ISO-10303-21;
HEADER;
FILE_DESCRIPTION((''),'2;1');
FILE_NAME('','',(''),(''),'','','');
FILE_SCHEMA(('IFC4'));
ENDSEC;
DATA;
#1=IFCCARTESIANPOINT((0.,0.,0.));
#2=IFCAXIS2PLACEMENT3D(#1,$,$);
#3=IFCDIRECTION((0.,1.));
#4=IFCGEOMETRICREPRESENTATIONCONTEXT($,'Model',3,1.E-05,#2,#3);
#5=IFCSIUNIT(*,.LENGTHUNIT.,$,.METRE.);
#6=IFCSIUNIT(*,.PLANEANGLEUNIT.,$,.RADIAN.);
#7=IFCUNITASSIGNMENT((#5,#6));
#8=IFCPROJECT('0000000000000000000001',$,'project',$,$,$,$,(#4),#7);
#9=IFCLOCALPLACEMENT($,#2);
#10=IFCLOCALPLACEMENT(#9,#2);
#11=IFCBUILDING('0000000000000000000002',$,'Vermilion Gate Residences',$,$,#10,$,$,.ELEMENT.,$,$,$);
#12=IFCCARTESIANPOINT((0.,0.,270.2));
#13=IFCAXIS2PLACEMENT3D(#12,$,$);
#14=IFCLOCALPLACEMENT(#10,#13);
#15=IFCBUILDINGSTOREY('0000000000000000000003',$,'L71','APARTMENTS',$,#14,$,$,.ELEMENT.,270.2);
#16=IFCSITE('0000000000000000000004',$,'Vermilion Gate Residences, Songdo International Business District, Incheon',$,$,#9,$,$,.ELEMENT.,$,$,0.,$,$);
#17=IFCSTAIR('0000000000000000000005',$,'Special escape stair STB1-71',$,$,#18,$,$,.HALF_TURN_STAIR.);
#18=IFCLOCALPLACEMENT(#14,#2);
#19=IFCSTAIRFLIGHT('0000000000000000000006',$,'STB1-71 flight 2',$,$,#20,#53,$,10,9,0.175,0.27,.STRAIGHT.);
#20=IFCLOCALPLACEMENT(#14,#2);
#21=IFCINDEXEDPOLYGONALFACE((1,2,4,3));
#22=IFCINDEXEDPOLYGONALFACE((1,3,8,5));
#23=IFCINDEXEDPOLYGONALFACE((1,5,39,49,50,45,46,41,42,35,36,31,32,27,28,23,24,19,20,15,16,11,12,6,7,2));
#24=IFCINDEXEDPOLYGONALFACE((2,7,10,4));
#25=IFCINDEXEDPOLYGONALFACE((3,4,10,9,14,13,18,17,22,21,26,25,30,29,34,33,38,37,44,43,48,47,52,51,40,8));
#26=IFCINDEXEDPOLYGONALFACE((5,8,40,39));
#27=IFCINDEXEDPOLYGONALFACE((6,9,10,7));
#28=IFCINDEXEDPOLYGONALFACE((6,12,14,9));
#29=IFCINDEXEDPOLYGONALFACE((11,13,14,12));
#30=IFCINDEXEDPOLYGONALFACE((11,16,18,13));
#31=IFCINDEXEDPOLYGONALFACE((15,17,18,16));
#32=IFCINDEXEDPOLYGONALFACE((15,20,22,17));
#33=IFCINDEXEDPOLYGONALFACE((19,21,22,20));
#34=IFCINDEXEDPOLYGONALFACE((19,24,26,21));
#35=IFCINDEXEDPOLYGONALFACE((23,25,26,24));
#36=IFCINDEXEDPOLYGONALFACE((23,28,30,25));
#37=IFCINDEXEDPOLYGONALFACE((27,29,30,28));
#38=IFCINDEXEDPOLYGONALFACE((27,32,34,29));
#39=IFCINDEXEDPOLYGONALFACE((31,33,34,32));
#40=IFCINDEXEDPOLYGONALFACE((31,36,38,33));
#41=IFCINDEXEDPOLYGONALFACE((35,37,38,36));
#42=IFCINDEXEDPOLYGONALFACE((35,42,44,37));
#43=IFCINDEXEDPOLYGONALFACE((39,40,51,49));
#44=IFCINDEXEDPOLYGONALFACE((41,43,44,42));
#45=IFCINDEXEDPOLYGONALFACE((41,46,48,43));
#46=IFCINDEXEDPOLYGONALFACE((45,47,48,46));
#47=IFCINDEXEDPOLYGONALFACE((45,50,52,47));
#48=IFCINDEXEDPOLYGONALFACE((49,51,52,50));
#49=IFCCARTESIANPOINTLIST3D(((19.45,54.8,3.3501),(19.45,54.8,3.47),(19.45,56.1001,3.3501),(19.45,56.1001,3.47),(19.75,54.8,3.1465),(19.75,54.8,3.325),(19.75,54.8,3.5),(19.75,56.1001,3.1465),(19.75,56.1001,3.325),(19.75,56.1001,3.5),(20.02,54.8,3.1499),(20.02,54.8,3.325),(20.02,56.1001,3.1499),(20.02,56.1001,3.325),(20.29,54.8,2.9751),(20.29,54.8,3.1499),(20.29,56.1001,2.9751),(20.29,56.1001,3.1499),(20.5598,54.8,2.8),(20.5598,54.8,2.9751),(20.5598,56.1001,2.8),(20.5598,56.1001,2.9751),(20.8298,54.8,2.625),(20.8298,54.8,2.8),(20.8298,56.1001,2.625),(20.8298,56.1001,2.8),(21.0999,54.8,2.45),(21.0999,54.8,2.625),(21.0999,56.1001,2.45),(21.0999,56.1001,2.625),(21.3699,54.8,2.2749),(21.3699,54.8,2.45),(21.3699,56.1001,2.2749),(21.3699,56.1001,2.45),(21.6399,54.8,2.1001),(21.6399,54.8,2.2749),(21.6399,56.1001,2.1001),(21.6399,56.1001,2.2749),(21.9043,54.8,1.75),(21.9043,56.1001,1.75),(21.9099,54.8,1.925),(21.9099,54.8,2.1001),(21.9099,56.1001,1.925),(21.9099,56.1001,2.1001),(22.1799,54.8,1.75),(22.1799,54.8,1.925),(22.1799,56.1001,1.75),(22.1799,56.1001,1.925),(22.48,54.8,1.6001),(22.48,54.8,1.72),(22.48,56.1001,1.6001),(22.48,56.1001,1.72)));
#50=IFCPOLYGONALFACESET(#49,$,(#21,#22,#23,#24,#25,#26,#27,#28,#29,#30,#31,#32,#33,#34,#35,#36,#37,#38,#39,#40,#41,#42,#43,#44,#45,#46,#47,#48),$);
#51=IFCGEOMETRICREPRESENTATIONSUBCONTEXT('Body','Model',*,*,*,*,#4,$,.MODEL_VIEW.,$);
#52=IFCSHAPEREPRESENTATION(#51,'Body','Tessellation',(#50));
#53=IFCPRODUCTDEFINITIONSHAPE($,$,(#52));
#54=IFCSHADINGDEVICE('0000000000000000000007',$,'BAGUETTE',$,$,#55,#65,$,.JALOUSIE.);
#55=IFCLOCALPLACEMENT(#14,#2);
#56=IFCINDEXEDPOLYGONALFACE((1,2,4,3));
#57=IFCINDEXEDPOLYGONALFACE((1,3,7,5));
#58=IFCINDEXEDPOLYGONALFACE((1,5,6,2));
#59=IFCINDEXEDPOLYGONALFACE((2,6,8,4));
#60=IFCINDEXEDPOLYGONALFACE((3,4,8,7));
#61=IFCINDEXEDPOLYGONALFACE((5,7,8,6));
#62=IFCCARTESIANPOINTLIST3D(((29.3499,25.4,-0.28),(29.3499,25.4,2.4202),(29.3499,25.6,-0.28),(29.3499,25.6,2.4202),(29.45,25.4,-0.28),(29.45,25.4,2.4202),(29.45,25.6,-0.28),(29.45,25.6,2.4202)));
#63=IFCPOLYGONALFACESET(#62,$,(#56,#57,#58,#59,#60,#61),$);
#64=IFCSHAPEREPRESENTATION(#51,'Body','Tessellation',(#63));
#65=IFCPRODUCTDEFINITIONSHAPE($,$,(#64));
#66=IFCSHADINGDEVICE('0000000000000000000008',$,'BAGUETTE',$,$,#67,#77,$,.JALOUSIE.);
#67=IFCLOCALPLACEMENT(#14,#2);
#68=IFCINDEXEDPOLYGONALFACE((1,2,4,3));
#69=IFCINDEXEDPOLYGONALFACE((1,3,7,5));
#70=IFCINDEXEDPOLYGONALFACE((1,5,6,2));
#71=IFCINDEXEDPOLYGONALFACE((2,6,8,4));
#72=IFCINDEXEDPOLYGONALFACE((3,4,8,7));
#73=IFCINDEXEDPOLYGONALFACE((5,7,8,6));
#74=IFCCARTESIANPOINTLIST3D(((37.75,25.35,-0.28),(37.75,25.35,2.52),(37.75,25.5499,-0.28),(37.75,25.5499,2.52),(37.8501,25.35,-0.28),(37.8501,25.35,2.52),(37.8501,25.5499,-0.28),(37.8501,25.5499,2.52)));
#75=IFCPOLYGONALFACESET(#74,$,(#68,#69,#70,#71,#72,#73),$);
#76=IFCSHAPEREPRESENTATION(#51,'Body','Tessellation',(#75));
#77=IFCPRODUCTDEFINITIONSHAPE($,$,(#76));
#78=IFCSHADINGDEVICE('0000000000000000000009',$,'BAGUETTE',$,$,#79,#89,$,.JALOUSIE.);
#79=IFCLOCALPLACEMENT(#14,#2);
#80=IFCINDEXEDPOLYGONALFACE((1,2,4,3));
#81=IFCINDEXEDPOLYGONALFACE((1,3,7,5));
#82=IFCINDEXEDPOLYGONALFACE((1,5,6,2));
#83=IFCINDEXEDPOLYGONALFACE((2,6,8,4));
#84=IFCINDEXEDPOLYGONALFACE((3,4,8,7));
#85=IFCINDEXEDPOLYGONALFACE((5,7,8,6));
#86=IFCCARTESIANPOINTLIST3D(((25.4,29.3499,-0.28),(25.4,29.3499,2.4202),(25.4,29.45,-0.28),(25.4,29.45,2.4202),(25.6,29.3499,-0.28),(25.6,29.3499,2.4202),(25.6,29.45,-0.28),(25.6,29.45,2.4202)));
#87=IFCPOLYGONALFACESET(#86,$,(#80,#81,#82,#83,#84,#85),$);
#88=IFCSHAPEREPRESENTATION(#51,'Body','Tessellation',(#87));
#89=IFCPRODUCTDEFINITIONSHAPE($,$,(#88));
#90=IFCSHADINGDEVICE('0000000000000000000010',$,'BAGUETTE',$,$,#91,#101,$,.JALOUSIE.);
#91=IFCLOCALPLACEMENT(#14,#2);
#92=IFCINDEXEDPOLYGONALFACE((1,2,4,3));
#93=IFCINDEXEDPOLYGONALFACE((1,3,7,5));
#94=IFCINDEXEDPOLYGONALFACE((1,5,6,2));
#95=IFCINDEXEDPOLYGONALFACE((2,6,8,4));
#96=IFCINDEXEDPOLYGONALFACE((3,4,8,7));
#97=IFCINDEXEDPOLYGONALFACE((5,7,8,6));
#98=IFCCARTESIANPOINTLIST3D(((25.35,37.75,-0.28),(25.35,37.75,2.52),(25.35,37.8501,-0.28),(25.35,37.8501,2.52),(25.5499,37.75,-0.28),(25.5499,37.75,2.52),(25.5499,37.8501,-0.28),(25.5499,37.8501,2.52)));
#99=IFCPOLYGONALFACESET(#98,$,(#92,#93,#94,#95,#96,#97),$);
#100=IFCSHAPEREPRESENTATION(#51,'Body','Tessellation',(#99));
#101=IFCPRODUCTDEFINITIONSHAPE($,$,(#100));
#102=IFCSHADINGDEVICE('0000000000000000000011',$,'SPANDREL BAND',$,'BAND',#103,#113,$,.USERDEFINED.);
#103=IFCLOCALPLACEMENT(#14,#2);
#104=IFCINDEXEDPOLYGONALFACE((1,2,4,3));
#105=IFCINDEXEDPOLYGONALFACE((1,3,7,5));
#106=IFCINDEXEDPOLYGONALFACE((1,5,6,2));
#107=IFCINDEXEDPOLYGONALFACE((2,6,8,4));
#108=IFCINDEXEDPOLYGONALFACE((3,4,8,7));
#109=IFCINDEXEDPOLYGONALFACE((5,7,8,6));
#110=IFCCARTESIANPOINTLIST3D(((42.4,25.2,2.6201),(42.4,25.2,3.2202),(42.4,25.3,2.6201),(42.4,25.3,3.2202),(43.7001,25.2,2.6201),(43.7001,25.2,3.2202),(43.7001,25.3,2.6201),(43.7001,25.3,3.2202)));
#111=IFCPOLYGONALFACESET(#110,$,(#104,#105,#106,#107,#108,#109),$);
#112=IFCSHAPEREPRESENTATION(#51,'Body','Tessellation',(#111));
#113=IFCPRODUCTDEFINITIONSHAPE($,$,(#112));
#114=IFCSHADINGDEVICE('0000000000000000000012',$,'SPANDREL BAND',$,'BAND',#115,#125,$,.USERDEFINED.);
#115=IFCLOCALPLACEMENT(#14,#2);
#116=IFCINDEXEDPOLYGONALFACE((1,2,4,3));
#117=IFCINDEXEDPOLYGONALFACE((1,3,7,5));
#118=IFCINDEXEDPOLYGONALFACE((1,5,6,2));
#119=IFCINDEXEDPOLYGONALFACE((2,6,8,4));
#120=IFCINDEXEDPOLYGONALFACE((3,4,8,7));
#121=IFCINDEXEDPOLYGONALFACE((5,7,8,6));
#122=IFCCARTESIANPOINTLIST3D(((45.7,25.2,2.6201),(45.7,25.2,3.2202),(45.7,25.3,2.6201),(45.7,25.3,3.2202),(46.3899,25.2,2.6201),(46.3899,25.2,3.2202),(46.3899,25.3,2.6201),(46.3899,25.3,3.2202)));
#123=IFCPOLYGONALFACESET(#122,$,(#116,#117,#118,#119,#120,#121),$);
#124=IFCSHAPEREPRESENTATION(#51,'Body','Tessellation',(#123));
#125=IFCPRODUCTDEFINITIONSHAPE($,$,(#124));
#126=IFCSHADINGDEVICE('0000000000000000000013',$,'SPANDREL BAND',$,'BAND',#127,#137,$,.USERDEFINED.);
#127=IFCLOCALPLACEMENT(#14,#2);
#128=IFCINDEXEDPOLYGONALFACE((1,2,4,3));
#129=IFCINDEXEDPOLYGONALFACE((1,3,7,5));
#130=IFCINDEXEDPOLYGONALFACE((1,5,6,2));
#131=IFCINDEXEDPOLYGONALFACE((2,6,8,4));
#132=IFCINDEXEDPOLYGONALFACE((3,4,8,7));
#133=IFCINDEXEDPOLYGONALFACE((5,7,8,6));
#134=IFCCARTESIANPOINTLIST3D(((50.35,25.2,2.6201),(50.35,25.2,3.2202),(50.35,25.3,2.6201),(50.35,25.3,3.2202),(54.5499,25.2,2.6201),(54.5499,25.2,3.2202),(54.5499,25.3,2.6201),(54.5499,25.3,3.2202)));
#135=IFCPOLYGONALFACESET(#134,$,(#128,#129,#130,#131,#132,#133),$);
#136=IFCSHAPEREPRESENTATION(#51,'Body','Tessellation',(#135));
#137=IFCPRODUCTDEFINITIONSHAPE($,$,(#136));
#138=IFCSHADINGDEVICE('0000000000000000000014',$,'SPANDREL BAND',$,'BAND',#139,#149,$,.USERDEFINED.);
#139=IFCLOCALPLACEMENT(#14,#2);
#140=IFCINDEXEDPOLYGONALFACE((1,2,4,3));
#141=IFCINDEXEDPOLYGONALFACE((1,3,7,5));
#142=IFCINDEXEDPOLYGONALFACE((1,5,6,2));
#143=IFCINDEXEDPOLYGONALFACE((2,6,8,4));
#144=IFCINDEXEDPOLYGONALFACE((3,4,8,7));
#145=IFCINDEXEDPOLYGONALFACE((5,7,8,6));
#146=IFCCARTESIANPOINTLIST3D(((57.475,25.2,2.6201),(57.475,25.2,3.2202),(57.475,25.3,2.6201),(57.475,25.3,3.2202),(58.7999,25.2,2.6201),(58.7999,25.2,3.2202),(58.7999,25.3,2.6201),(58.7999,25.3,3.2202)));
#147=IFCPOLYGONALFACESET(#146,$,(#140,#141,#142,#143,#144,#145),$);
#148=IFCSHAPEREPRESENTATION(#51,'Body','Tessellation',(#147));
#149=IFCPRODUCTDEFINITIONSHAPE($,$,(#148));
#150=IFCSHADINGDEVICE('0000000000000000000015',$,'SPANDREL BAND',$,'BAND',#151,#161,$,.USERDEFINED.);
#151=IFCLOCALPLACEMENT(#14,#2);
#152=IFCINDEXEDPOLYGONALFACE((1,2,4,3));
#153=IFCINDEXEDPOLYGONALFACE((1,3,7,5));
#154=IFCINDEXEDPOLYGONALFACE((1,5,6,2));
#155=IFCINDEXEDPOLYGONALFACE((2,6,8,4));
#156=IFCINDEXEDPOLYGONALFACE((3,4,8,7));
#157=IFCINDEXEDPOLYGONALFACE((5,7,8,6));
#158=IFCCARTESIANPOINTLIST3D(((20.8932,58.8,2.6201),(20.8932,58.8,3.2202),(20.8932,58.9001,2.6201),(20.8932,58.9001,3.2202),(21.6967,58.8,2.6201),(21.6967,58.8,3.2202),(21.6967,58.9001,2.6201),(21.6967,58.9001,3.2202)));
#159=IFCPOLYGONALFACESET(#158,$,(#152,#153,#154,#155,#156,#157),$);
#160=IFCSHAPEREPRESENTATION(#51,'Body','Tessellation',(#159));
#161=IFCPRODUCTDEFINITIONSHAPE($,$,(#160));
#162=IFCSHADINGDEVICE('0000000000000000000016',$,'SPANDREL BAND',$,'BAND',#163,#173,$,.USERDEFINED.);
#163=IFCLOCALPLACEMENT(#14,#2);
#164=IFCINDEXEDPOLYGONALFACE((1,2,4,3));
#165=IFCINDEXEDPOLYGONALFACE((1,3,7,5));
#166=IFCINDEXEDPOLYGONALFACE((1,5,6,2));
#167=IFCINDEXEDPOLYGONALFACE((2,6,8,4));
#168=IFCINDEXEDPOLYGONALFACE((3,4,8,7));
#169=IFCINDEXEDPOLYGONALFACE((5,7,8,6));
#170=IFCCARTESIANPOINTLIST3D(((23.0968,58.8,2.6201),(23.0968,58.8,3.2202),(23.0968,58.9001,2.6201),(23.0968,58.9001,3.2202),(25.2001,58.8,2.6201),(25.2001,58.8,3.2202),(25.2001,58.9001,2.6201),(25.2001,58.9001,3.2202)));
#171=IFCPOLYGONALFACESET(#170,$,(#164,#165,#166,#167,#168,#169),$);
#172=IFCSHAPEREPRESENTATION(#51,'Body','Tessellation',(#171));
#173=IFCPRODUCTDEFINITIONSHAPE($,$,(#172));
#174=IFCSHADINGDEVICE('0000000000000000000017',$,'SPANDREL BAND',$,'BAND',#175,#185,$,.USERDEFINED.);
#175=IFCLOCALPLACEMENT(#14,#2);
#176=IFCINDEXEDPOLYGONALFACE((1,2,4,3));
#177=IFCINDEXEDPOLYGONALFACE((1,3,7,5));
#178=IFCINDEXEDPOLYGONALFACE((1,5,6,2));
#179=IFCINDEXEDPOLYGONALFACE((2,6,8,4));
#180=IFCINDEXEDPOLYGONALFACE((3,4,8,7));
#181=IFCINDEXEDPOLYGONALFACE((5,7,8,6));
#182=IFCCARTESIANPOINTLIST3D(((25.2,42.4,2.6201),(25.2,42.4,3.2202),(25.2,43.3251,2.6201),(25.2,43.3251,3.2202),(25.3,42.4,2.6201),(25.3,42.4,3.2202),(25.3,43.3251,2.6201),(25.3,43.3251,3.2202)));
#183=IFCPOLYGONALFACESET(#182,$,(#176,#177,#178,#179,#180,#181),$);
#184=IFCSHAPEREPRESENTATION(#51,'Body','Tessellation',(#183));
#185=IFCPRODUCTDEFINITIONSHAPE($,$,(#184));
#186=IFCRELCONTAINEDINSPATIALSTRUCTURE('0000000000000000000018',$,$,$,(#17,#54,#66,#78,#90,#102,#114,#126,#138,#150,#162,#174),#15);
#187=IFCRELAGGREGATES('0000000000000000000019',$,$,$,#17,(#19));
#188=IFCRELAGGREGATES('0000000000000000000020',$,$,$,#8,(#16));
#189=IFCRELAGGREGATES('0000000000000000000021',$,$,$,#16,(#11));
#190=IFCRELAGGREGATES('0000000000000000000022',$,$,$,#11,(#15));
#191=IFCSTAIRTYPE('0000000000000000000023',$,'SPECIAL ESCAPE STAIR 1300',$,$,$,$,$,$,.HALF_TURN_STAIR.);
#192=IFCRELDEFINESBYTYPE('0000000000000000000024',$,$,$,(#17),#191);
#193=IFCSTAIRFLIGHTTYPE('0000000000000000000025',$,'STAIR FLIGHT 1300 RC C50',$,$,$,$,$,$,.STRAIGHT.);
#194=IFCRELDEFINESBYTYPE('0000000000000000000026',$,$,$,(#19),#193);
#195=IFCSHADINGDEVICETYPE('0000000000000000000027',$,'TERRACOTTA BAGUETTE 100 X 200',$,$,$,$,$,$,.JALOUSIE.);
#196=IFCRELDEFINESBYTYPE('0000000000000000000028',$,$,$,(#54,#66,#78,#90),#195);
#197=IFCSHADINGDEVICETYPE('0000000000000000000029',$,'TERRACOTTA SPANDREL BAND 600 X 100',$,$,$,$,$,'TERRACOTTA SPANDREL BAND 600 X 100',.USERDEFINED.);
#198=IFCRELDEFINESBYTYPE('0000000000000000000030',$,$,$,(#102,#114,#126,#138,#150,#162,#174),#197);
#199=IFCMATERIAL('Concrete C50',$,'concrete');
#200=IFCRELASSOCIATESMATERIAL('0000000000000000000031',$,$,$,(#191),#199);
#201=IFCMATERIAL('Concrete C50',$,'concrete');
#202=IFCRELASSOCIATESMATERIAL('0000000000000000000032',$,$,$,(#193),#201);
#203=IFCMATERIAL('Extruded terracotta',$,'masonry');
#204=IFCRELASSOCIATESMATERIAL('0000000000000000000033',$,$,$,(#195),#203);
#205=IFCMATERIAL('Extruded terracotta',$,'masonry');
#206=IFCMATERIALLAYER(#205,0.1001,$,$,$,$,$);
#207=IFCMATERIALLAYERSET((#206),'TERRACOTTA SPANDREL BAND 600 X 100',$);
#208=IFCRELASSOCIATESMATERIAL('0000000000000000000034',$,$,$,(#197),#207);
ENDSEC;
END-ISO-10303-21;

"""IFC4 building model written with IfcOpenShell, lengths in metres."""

from ifc_helpers import new_model, si_unit, direction, frame, origin, origin_2d, place, context, subcontext, project, spatial, polyline, rectangle, outline, extrude, material, layer, layer_set, material_profile, profile_set, type_object, element, aggregate, save


model = new_model("IFC4")

# Units and contexts
model_context = context("Model", 3, precision=1e-05, world=origin(), true_north=direction((0.0, 1.0)))
body_context = subcontext(model_context, "Body", "Model", "MODEL_VIEW")
ifc_project = project(units=[si_unit("LENGTHUNIT", "METRE"), si_unit("PLANEANGLEUNIT", "RADIAN")], contexts=[model_context])

# Site, building, storey
site_placement = place(None, origin())
site = spatial("IfcSite", under=ifc_project, at=site_placement, Name="Vermilion Gate Residences, Songdo International Business District, Incheon", CompositionType="ELEMENT", RefElevation=0.0)
building_placement = place(site_placement, origin())
building = spatial("IfcBuilding", under=site, at=building_placement, Name="Vermilion Gate Residences", CompositionType="ELEMENT")
storey_placement = place(building_placement, frame((0.0, 0.0, 270.2)))
storey = spatial("IfcBuildingStorey", under=building, at=storey_placement, Name="L71", Description="APARTMENTS", CompositionType="ELEMENT", Elevation=270.2)

# Stair, stair flight
ifc_material_1 = material(Name="Concrete C50", Category="concrete")
stair_type = type_object("IfcStairType", Name="SPECIAL ESCAPE STAIR 1300", PredefinedType="HALF_TURN_STAIR", material=ifc_material_1)
stair_placement = place(storey_placement, origin())
stair = element("IfcStair", 1, at=stair_placement, inside=storey, type_object=stair_type, Name="Special escape stair STB1-71", PredefinedType="HALF_TURN_STAIR")
ifc_material_2 = material(Name="Concrete C50", Category="concrete")
stair_flight_type = type_object("IfcStairFlightType", Name="STAIR FLIGHT 1300 RC C50", PredefinedType="STRAIGHT", material=ifc_material_2)
stair_flight_placement = place(storey_placement, frame((22.1799, 55.45, 1.75), z_axis=(0.0, 0.0, 1.0), x_axis=(-1.0, 0.0, 0.0)))
stair_flight = element("IfcStairFlight", 2, at=stair_flight_placement, type_object=stair_flight_type, Name="STB1-71 flight 2", NumberOfRisers=10, NumberOfTreads=9, PredefinedType="STRAIGHT", RiserHeight=0.175, TreadLength=0.27, context=body_context, shape_type="SweptSolid", body=[
    extrude(outline(polyline([(-0.3, -0.1499), (-0.3, -0.03), (0.0, 0.0), (0.0, 0.175), (0.27, 0.175), (0.27, 0.3501), (0.54, 0.3501), (0.54, 0.5249), (0.8101, 0.5249), (0.8101, 0.7), (1.0801, 0.7), (1.0801, 0.875), (1.3501, 0.875), (1.3501, 1.05), (1.6201, 1.05), (1.6201, 1.2251), (1.8899, 1.2251), (1.8899, 1.3999), (2.1599, 1.3999), (2.1599, 1.575), (2.4299, 1.575), (2.4299, 1.75), (2.73, 1.72), (2.73, 1.6001), (2.4299, 1.3965), (0.2756, 0.0), (-0.3, -0.1499)])), frame((0.0, 0.6499, 0.0), z_axis=(0.0, -1.0, 0.0), x_axis=(1.0, 0.0, 0.0)), (0.0, 0.0, 1.0), 1.3),
])
aggregate(stair, [stair_flight])

# Shading devices
ifc_material_3 = material(Name="Extruded terracotta", Category="masonry")
ifc_material_profile_1 = material_profile(ifc_material_3, rectangle(XDim=0.2, YDim=0.1001, at=origin_2d()), Name="BAGUETTE 100 X 200")
ifc_profile_set_1 = profile_set([ifc_material_profile_1], Name="Extruded terracotta")
shading_device_type_1 = type_object("IfcShadingDeviceType", Name="TERRACOTTA BAGUETTE 100 X 200", PredefinedType="JALOUSIE", material=ifc_profile_set_1)
shading_device_1_placement = place(storey_placement, frame((29.3999, 25.5, -0.28), z_axis=(0.0, 0.0, 1.0), x_axis=(0.0, -1.0, 0.0)))
element("IfcShadingDevice", 3, at=shading_device_1_placement, inside=storey, type_object=shading_device_type_1, Name="BAGUETTE", PredefinedType="JALOUSIE", context=body_context, shape_type="SweptSolid", body=[
    extrude(rectangle(XDim=0.2, YDim=0.1001, at=origin_2d()), origin(), (0.0, 0.0, 1.0), 2.7002),
])
shading_device_2_placement = place(storey_placement, frame((37.8, 25.45, -0.28), z_axis=(0.0, 0.0, 1.0), x_axis=(0.0, -1.0, 0.0)))
element("IfcShadingDevice", 4, at=shading_device_2_placement, inside=storey, type_object=shading_device_type_1, Name="BAGUETTE", PredefinedType="JALOUSIE", context=body_context, shape_type="SweptSolid", body=[
    extrude(rectangle(XDim=0.2, YDim=0.1001, at=origin_2d()), origin(), (0.0, 0.0, 1.0), 2.8),
])
shading_device_3_placement = place(storey_placement, frame((25.5, 29.3999, -0.28), z_axis=(0.0, 0.0, 1.0), x_axis=(-1.0, 0.0, 0.0)))
element("IfcShadingDevice", 5, at=shading_device_3_placement, inside=storey, type_object=shading_device_type_1, Name="BAGUETTE", PredefinedType="JALOUSIE", context=body_context, shape_type="SweptSolid", body=[
    extrude(rectangle(XDim=0.2, YDim=0.1001, at=origin_2d()), origin(), (0.0, 0.0, 1.0), 2.7002),
])
shading_device_4_placement = place(storey_placement, frame((25.45, 37.8, -0.28), z_axis=(0.0, 0.0, 1.0), x_axis=(-1.0, 0.0, 0.0)))
element("IfcShadingDevice", 6, at=shading_device_4_placement, inside=storey, type_object=shading_device_type_1, Name="BAGUETTE", PredefinedType="JALOUSIE", context=body_context, shape_type="SweptSolid", body=[
    extrude(rectangle(XDim=0.2, YDim=0.1001, at=origin_2d()), origin(), (0.0, 0.0, 1.0), 2.8),
])
ifc_material_4 = material(Name="Extruded terracotta", Category="masonry")
ifc_layer_1 = layer(ifc_material_4, 0.1001)
ifc_layer_set_1 = layer_set([ifc_layer_1], Name="TERRACOTTA SPANDREL BAND 600 X 100")
shading_device_type_2 = type_object("IfcShadingDeviceType", Name="TERRACOTTA SPANDREL BAND 600 X 100", ElementType="TERRACOTTA SPANDREL BAND 600 X 100", PredefinedType="USERDEFINED", material=ifc_layer_set_1)
shading_device_5_placement = place(storey_placement, frame((43.05, 25.25, 2.6201), z_axis=(0.0, 0.0, 1.0), x_axis=(1.0, 0.0, 0.0)))
element("IfcShadingDevice", 7, at=shading_device_5_placement, inside=storey, type_object=shading_device_type_2, Name="SPANDREL BAND", ObjectType="BAND", PredefinedType="USERDEFINED", context=body_context, shape_type="SweptSolid", body=[
    extrude(rectangle(XDim=1.3, YDim=0.1001, at=origin_2d()), origin(), (0.0, 0.0, 1.0), 0.6001),
])
shading_device_6_placement = place(storey_placement, frame((46.0449, 25.25, 2.6201), z_axis=(0.0, 0.0, 1.0), x_axis=(1.0, 0.0, 0.0)))
element("IfcShadingDevice", 8, at=shading_device_6_placement, inside=storey, type_object=shading_device_type_2, Name="SPANDREL BAND", ObjectType="BAND", PredefinedType="USERDEFINED", context=body_context, shape_type="SweptSolid", body=[
    extrude(rectangle(XDim=0.6899, YDim=0.1001, at=origin_2d()), origin(), (0.0, 0.0, 1.0), 0.6001),
])
shading_device_7_placement = place(storey_placement, frame((52.45, 25.25, 2.6201), z_axis=(0.0, 0.0, 1.0), x_axis=(1.0, 0.0, 0.0)))
element("IfcShadingDevice", 9, at=shading_device_7_placement, inside=storey, type_object=shading_device_type_2, Name="SPANDREL BAND", ObjectType="BAND", PredefinedType="USERDEFINED", context=body_context, shape_type="SweptSolid", body=[
    extrude(rectangle(XDim=4.2, YDim=0.1001, at=origin_2d()), origin(), (0.0, 0.0, 1.0), 0.6001),
])
shading_device_8_placement = place(storey_placement, frame((58.1375, 25.25, 2.6201), z_axis=(0.0, 0.0, 1.0), x_axis=(1.0, 0.0, 0.0)))
element("IfcShadingDevice", 10, at=shading_device_8_placement, inside=storey, type_object=shading_device_type_2, Name="SPANDREL BAND", ObjectType="BAND", PredefinedType="USERDEFINED", context=body_context, shape_type="SweptSolid", body=[
    extrude(rectangle(XDim=1.325, YDim=0.1001, at=origin_2d()), origin(), (0.0, 0.0, 1.0), 0.6001),
])
shading_device_9_placement = place(storey_placement, frame((21.2949, 58.8501, 2.6201), z_axis=(0.0, 0.0, 1.0), x_axis=(1.0, 0.0, 0.0)))
element("IfcShadingDevice", 11, at=shading_device_9_placement, inside=storey, type_object=shading_device_type_2, Name="SPANDREL BAND", ObjectType="BAND", PredefinedType="USERDEFINED", context=body_context, shape_type="SweptSolid", body=[
    extrude(rectangle(XDim=0.8035, YDim=0.1001, at=origin_2d()), origin(), (0.0, 0.0, 1.0), 0.6001),
])
shading_device_10_placement = place(storey_placement, frame((24.1484, 58.8501, 2.6201), z_axis=(0.0, 0.0, 1.0), x_axis=(1.0, 0.0, 0.0)))
element("IfcShadingDevice", 12, at=shading_device_10_placement, inside=storey, type_object=shading_device_type_2, Name="SPANDREL BAND", ObjectType="BAND", PredefinedType="USERDEFINED", context=body_context, shape_type="SweptSolid", body=[
    extrude(rectangle(XDim=2.1033, YDim=0.1001, at=origin_2d()), origin(), (0.0, 0.0, 1.0), 0.6001),
])
shading_device_11_placement = place(storey_placement, frame((25.25, 42.8625, 2.6201), z_axis=(0.0, 0.0, 1.0), x_axis=(0.0, 1.0, 0.0)))
element("IfcShadingDevice", 13, at=shading_device_11_placement, inside=storey, type_object=shading_device_type_2, Name="SPANDREL BAND", ObjectType="BAND", PredefinedType="USERDEFINED", context=body_context, shape_type="SweptSolid", body=[
    extrude(rectangle(XDim=0.925, YDim=0.1001, at=origin_2d()), origin(), (0.0, 0.0, 1.0), 0.6001),
])

save(model, "model.ifc")
